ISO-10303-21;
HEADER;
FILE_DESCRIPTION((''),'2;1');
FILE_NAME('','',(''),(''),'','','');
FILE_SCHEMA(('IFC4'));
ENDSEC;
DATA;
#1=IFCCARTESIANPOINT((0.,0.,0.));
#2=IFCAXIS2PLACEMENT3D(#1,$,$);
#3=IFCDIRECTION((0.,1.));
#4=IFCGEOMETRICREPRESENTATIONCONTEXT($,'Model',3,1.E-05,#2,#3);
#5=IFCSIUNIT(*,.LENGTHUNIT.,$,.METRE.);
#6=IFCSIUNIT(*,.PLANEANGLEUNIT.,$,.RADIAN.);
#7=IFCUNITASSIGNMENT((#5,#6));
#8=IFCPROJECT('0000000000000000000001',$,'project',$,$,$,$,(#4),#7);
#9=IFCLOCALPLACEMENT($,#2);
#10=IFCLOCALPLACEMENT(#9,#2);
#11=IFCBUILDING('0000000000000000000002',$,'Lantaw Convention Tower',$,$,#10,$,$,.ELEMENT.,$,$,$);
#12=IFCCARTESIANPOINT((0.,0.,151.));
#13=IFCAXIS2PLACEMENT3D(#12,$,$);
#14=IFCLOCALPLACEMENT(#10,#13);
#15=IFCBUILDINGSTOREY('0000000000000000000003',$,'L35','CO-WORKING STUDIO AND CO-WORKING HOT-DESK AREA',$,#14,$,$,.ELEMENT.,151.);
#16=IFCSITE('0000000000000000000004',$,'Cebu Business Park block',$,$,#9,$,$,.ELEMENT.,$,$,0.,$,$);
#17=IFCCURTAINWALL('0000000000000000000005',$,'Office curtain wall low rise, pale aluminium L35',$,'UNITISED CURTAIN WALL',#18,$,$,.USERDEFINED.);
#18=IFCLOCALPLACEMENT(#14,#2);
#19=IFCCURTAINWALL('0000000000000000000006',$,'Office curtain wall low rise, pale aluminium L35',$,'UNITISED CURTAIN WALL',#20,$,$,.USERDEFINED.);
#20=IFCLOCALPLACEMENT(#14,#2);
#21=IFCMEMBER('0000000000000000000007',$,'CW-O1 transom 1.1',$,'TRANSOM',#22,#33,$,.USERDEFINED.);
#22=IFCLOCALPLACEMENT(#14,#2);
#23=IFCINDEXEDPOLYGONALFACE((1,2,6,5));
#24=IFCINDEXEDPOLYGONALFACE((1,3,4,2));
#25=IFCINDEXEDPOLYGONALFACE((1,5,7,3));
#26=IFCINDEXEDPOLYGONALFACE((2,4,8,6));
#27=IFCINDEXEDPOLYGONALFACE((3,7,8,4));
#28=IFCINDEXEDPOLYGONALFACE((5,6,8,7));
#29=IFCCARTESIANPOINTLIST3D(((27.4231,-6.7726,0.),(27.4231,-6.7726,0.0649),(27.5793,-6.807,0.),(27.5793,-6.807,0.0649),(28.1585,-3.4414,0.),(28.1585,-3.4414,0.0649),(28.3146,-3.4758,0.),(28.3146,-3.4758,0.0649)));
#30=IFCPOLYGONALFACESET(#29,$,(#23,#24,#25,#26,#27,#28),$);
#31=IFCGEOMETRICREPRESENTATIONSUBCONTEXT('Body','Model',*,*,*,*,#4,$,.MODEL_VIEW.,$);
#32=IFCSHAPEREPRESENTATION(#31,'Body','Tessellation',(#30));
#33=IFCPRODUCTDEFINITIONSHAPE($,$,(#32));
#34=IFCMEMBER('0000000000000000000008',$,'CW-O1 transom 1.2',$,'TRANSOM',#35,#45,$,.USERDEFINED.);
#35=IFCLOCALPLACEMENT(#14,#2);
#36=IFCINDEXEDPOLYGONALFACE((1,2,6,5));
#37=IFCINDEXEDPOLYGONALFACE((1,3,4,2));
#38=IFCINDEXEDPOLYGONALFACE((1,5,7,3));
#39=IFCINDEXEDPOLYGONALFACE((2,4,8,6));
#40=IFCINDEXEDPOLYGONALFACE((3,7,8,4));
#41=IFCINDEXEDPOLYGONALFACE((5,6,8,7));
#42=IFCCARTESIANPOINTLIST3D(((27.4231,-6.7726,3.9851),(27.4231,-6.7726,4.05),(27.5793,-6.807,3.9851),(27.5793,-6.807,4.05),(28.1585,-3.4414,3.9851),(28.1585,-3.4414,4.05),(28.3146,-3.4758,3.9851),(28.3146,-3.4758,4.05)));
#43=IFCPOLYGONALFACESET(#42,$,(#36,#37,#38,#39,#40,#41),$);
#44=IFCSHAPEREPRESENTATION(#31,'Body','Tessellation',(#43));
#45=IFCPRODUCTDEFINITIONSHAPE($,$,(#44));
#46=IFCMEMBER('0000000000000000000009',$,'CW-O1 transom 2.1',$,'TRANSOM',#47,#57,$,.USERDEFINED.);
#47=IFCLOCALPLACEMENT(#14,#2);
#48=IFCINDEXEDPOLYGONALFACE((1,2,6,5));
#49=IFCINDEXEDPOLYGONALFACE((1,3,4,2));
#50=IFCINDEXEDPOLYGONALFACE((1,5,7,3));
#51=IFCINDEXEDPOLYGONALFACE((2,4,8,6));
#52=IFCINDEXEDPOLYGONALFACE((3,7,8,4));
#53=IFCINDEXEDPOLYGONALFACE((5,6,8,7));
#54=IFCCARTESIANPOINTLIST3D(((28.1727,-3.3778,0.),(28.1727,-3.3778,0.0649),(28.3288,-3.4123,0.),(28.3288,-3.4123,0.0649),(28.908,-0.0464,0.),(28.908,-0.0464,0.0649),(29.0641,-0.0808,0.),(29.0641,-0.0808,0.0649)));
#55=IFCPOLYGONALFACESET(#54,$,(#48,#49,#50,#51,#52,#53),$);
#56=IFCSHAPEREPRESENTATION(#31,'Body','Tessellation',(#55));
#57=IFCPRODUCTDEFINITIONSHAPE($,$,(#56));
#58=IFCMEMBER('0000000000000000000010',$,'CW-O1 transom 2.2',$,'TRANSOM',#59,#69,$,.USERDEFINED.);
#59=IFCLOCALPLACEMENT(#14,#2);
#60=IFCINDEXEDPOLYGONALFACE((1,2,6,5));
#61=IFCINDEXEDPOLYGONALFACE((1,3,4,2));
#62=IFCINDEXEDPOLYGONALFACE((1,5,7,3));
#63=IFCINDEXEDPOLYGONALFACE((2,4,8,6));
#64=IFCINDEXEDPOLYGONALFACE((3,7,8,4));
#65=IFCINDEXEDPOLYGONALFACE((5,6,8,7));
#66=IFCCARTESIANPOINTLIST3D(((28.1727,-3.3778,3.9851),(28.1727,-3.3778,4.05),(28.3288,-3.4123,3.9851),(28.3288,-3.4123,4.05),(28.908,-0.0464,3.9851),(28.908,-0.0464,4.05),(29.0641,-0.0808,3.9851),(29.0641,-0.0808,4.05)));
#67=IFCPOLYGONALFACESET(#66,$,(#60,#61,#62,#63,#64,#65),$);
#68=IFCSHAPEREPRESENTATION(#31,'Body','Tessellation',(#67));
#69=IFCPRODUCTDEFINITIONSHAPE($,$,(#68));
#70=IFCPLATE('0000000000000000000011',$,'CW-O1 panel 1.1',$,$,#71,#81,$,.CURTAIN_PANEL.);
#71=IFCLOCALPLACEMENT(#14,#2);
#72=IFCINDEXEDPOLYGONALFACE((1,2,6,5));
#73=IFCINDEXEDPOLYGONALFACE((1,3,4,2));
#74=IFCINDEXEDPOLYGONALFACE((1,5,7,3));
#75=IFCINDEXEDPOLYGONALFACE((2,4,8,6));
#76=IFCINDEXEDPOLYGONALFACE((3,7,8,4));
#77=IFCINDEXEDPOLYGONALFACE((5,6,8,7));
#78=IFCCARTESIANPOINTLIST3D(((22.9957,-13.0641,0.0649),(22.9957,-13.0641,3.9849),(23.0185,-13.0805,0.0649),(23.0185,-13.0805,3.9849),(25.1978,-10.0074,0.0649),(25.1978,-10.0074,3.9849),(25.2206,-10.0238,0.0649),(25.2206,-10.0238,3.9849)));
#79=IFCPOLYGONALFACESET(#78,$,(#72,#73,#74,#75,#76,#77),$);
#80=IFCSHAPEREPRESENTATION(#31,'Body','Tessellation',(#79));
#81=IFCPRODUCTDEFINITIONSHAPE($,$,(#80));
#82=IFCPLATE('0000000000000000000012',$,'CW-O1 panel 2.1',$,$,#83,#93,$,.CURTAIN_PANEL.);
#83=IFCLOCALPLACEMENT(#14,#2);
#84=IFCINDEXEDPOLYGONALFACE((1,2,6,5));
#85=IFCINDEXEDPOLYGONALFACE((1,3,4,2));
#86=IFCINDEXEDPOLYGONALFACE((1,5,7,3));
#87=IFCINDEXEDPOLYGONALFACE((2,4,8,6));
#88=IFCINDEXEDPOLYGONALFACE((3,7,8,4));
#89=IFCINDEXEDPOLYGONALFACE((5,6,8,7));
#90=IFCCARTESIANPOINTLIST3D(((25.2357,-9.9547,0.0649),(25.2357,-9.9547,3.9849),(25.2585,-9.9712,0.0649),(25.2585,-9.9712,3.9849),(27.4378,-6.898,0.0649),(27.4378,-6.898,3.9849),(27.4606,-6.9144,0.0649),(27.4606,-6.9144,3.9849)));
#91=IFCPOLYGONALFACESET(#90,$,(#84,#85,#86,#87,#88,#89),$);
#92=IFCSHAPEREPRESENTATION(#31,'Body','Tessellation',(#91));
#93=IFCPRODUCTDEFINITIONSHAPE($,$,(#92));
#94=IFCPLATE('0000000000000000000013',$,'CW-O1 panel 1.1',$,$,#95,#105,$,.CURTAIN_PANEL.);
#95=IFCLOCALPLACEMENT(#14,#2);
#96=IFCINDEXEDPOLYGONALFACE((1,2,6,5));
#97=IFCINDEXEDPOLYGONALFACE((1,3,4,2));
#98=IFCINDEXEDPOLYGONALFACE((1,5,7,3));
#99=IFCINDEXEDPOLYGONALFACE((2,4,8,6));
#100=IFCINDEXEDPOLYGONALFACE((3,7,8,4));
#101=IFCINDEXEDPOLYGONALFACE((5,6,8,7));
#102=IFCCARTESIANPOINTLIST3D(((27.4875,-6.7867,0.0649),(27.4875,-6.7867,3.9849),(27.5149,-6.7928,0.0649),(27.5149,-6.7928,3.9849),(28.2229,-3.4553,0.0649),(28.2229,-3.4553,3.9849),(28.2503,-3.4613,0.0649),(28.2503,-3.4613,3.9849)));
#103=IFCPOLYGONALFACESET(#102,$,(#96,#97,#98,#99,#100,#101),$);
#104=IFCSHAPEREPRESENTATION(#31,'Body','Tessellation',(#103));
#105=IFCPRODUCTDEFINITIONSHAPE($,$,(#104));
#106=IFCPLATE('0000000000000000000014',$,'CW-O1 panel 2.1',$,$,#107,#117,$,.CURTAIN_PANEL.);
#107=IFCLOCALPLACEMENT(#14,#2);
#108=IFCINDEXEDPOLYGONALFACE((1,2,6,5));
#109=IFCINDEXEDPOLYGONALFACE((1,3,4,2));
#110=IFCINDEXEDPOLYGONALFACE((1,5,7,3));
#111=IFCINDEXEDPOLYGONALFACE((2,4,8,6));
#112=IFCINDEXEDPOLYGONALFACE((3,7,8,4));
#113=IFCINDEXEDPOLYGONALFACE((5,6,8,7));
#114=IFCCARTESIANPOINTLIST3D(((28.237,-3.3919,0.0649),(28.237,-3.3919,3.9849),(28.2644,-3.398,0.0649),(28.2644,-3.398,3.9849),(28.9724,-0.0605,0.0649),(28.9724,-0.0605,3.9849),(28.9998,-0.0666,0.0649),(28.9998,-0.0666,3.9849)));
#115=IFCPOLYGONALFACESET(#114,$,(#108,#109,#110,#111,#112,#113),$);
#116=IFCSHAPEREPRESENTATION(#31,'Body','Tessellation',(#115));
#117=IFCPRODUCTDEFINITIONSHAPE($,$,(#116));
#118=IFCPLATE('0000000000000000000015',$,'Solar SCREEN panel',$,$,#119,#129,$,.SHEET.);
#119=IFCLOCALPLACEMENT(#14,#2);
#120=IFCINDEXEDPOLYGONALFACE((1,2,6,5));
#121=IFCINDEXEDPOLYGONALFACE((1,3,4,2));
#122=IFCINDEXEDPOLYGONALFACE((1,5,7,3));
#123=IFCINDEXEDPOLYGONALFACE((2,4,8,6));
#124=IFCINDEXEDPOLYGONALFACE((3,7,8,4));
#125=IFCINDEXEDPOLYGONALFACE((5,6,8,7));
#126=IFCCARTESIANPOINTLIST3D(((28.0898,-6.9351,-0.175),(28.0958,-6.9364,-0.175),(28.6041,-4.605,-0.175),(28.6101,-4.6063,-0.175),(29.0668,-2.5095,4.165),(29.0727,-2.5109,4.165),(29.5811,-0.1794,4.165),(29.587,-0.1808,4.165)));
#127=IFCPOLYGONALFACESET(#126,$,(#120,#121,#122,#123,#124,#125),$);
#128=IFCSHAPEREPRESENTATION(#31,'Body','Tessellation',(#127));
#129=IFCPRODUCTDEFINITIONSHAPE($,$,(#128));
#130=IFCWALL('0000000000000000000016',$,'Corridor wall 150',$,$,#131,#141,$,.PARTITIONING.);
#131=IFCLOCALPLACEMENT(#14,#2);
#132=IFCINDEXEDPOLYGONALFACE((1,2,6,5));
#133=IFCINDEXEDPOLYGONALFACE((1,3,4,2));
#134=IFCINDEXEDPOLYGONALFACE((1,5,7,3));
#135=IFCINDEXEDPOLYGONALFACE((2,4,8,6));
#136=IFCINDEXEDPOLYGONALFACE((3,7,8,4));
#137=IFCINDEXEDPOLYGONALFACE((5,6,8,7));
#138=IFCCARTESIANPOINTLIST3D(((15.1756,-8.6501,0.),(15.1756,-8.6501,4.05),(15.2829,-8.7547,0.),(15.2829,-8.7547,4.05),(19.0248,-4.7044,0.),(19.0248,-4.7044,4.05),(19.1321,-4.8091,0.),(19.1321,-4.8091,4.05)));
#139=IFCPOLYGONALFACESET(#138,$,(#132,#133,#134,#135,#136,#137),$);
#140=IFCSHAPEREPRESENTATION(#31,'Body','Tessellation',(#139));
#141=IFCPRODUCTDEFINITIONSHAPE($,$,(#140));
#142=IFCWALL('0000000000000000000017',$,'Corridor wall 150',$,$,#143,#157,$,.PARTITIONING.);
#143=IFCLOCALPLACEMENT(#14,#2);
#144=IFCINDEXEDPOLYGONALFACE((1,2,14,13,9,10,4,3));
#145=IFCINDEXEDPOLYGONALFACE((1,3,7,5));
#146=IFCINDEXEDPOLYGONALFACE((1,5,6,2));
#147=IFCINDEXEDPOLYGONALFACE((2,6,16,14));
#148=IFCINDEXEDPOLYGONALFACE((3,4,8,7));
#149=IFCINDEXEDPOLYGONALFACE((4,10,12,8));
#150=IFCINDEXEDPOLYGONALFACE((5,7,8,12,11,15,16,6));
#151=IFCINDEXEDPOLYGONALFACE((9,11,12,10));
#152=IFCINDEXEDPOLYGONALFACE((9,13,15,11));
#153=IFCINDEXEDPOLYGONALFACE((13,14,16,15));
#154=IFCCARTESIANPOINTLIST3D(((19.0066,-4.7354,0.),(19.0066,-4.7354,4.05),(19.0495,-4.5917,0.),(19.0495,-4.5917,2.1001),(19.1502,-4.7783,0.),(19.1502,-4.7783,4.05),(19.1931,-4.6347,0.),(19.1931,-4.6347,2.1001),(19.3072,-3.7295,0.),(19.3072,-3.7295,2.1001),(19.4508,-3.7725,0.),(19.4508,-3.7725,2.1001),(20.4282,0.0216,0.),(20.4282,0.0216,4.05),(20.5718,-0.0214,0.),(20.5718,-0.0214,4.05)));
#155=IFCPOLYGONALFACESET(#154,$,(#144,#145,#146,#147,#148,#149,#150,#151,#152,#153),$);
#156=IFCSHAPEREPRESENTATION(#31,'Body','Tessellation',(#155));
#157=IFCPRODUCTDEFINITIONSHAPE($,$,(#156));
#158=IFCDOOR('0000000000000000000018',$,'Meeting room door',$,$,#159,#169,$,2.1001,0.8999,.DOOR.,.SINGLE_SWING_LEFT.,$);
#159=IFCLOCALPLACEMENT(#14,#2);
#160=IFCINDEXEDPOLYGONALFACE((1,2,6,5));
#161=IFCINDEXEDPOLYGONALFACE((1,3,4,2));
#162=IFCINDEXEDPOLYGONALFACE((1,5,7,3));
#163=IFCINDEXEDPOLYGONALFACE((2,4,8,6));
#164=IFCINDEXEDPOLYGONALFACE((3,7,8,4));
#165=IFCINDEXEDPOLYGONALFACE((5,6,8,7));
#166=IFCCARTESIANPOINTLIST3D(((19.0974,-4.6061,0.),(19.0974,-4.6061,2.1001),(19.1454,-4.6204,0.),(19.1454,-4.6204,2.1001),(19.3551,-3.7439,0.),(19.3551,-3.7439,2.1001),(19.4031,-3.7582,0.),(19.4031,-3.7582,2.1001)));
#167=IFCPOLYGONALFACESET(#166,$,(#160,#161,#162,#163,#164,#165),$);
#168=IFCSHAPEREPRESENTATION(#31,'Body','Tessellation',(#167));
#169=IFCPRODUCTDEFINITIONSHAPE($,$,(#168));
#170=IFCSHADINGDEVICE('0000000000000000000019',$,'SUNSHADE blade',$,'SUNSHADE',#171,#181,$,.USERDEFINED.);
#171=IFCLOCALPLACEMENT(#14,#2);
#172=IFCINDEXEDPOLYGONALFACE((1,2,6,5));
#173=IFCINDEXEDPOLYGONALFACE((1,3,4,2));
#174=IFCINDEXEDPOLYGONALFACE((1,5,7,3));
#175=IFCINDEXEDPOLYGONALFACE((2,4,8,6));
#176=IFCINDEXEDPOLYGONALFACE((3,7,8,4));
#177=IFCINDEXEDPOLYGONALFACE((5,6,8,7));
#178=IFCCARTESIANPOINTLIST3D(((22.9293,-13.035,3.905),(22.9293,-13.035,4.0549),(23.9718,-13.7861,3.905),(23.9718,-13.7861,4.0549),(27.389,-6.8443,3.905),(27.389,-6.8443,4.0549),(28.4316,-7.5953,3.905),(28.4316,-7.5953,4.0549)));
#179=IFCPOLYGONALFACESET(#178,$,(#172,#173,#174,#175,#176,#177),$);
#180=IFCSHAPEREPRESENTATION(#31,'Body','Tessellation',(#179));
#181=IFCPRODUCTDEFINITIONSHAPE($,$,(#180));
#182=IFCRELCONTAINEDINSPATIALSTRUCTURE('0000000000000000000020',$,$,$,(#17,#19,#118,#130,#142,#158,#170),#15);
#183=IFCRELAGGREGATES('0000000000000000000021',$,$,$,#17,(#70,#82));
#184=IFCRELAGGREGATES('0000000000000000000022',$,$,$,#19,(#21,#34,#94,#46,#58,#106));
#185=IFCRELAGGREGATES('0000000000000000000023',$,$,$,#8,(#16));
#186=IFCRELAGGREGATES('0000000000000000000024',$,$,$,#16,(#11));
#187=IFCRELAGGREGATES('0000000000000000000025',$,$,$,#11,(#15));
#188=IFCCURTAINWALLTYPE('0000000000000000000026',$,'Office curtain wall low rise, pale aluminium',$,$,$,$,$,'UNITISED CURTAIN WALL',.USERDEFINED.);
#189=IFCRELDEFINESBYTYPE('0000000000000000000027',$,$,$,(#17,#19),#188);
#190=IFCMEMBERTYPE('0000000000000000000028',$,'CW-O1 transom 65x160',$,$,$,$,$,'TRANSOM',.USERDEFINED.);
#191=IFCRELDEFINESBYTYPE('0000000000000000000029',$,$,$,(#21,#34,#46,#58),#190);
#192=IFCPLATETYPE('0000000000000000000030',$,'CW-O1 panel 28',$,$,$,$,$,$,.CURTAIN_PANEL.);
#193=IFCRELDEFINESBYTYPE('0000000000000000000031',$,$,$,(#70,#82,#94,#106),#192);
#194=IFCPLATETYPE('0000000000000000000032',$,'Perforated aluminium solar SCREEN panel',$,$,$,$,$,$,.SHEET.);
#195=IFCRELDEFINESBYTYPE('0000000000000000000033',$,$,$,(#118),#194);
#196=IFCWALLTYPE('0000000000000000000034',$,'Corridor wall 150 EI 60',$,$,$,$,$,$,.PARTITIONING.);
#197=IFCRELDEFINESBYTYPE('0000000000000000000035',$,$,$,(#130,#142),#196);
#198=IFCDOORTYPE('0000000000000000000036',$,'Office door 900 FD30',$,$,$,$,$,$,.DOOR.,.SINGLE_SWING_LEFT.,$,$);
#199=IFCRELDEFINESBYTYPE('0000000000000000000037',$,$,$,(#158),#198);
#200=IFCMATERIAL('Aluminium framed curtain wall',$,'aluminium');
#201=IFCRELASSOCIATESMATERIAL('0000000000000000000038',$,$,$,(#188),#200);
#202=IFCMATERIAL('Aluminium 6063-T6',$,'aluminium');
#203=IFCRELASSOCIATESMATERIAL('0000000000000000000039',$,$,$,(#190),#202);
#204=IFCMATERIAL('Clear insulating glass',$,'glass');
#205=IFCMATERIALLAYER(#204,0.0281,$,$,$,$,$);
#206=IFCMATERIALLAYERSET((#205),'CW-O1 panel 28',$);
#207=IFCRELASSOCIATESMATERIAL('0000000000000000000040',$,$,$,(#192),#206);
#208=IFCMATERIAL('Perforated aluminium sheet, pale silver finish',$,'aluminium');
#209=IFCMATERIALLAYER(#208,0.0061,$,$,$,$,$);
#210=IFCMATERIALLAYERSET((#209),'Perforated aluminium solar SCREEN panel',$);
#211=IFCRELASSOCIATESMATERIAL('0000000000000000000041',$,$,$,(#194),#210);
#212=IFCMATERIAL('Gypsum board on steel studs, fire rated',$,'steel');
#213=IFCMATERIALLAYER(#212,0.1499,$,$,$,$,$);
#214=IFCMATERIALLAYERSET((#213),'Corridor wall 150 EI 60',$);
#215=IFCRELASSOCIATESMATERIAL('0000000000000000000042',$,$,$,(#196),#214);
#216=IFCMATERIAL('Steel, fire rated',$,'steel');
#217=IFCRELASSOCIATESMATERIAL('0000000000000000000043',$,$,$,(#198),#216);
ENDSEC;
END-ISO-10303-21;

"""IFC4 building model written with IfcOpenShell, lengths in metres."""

from ifc_helpers import new_model, si_unit, direction, frame, frame_2d, origin, origin_2d, place, context, subcontext, project, spatial, polyline, rectangle, outline, extrude, material, layer, layer_set, material_profile, profile_set, type_object, element, fill, aggregate, save


model = new_model("IFC4")

# Units and contexts
model_context = context("Model", 3, precision=1e-05, world=origin(), true_north=direction((0.0, 1.0)))
body_context = subcontext(model_context, "Body", "Model", "MODEL_VIEW")
ifc_project = project(units=[si_unit("LENGTHUNIT", "METRE"), si_unit("PLANEANGLEUNIT", "RADIAN")], contexts=[model_context])

# Site, building, storey
site_placement = place(None, origin())
site = spatial("IfcSite", under=ifc_project, at=site_placement, Name="Cebu Business Park block", CompositionType="ELEMENT", RefElevation=0.0)
building_placement = place(site_placement, origin())
building = spatial("IfcBuilding", under=site, at=building_placement, Name="Lantaw Convention Tower", CompositionType="ELEMENT")
storey_placement = place(building_placement, frame((0.0, 0.0, 151.0)))
storey = spatial("IfcBuildingStorey", under=building, at=storey_placement, Name="L35", Description="CO-WORKING STUDIO AND CO-WORKING HOT-DESK AREA", CompositionType="ELEMENT", Elevation=151.0)

# Curtain walls
ifc_material_1 = material(Name="Aluminium framed curtain wall", Category="aluminium")
curtain_wall_type = type_object("IfcCurtainWallType", Name="Office curtain wall low rise, pale aluminium", ElementType="UNITISED CURTAIN WALL", PredefinedType="USERDEFINED", material=ifc_material_1)
curtain_wall_1_placement = place(storey_placement, origin())
curtain_wall_1 = element("IfcCurtainWall", 1, at=curtain_wall_1_placement, inside=storey, type_object=curtain_wall_type, Name="Office curtain wall low rise, pale aluminium L35", ObjectType="UNITISED CURTAIN WALL", PredefinedType="USERDEFINED")
ifc_material_2 = material(Name="Aluminium 6063-T6", Category="aluminium")
curtain_wall_2_placement = place(storey_placement, origin())
curtain_wall_2 = element("IfcCurtainWall", 2, at=curtain_wall_2_placement, inside=storey, type_object=curtain_wall_type, Name="Office curtain wall low rise, pale aluminium L35", ObjectType="UNITISED CURTAIN WALL", PredefinedType="USERDEFINED")

# Members
ifc_material_profile_1 = material_profile(ifc_material_2, rectangle(XDim=0.1599, YDim=0.0649, at=origin_2d()), Name="CW-O1 transom 65x160")
ifc_profile_set_1 = profile_set([ifc_material_profile_1], Name="Aluminium 6063-T6")
member_type_1 = type_object("IfcMemberType", Name="CW-O1 transom 65x160", ElementType="TRANSOM", PredefinedType="USERDEFINED", material=ifc_profile_set_1)
member_1_placement = place(storey_placement, frame((27.5012, -6.7898, 0.0325), z_axis=(0.215551, 0.976493, 0.0), x_axis=(-0.976493, 0.215551, 0.0)))
member_1 = element("IfcMember", 3, at=member_1_placement, type_object=member_type_1, Name="CW-O1 transom 1.1", ObjectType="TRANSOM", PredefinedType="USERDEFINED", context=body_context, shape_type="SweptSolid", body=[
    extrude(rectangle(XDim=0.1599, YDim=0.0649, at=origin_2d()), origin(), (0.0, 0.0, 1.0), 3.4114),
])
member_2_placement = place(storey_placement, frame((27.5012, -6.7898, 4.0176), z_axis=(0.215551, 0.976493, 0.0), x_axis=(-0.976493, 0.215551, 0.0)))
member_2 = element("IfcMember", 4, at=member_2_placement, type_object=member_type_1, Name="CW-O1 transom 1.2", ObjectType="TRANSOM", PredefinedType="USERDEFINED", context=body_context, shape_type="SweptSolid", body=[
    extrude(rectangle(XDim=0.1599, YDim=0.0649, at=origin_2d()), origin(), (0.0, 0.0, 1.0), 3.4114),
])
member_3_placement = place(storey_placement, frame((28.2507, -3.395, 0.0325), z_axis=(0.215536, 0.976496, 0.0), x_axis=(-0.976496, 0.215536, 0.0)))
member_3 = element("IfcMember", 5, at=member_3_placement, type_object=member_type_1, Name="CW-O1 transom 2.1", ObjectType="TRANSOM", PredefinedType="USERDEFINED", context=body_context, shape_type="SweptSolid", body=[
    extrude(rectangle(XDim=0.1599, YDim=0.0649, at=origin_2d()), origin(), (0.0, 0.0, 1.0), 3.4116),
])
member_4_placement = place(storey_placement, frame((28.2507, -3.395, 4.0176), z_axis=(0.215536, 0.976496, 0.0), x_axis=(-0.976496, 0.215536, 0.0)))
member_4 = element("IfcMember", 6, at=member_4_placement, type_object=member_type_1, Name="CW-O1 transom 2.2", ObjectType="TRANSOM", PredefinedType="USERDEFINED", context=body_context, shape_type="SweptSolid", body=[
    extrude(rectangle(XDim=0.1599, YDim=0.0649, at=origin_2d()), origin(), (0.0, 0.0, 1.0), 3.4116),
])

# Plates
ifc_material_3 = material(Name="Clear insulating glass", Category="glass")
ifc_layer_1 = layer(ifc_material_3, 0.0281)
ifc_layer_set_1 = layer_set([ifc_layer_1], Name="CW-O1 panel 28")
plate_type_1 = type_object("IfcPlateType", Name="CW-O1 panel 28", PredefinedType="CURTAIN_PANEL", material=ifc_layer_set_1)
plate_1_placement = place(storey_placement, frame((24.1082, -11.5439, 0.0649), z_axis=(0.0, 0.0, 1.0), x_axis=(0.584513, 0.811385, 0.0)))
plate_1 = element("IfcPlate", 7, at=plate_1_placement, type_object=plate_type_1, Name="CW-O1 panel 1.1", PredefinedType="CURTAIN_PANEL", context=body_context, shape_type="SweptSolid", body=[
    extrude(rectangle(XDim=3.7673, YDim=0.0281, at=origin_2d()), origin(), (0.0, 0.0, 1.0), 3.9199),
])
plate_2_placement = place(storey_placement, frame((26.3481, -8.4346, 0.0649), z_axis=(0.0, 0.0, 1.0), x_axis=(0.584513, 0.811385, 0.0)))
plate_2 = element("IfcPlate", 8, at=plate_2_placement, type_object=plate_type_1, Name="CW-O1 panel 2.1", PredefinedType="CURTAIN_PANEL", context=body_context, shape_type="SweptSolid", body=[
    extrude(rectangle(XDim=3.7673, YDim=0.0281, at=origin_2d()), origin(), (0.0, 0.0, 1.0), 3.9199),
])
aggregate(curtain_wall_1, [plate_1, plate_2])
plate_3_placement = place(storey_placement, frame((27.8689, -5.124, 0.0649), z_axis=(0.0, 0.0, 1.0), x_axis=(0.215546, 0.976494, 0.0)))
plate_3 = element("IfcPlate", 9, at=plate_3_placement, type_object=plate_type_1, Name="CW-O1 panel 1.1", PredefinedType="CURTAIN_PANEL", context=body_context, shape_type="SweptSolid", body=[
    extrude(rectangle(XDim=3.4116, YDim=0.0281, at=origin_2d()), origin(), (0.0, 0.0, 1.0), 3.9199),
])
plate_4_placement = place(storey_placement, frame((28.6184, -1.7292, 0.0649), z_axis=(0.0, 0.0, 1.0), x_axis=(0.215546, 0.976494, 0.0)))
plate_4 = element("IfcPlate", 10, at=plate_4_placement, type_object=plate_type_1, Name="CW-O1 panel 2.1", PredefinedType="CURTAIN_PANEL", context=body_context, shape_type="SweptSolid", body=[
    extrude(rectangle(XDim=3.4116, YDim=0.0281, at=origin_2d()), origin(), (0.0, 0.0, 1.0), 3.9199),
])
aggregate(curtain_wall_2, [member_1, member_2, plate_3, member_3, member_4, plate_4])
ifc_material_4 = material(Name="Perforated aluminium sheet, pale silver finish", Category="aluminium")
ifc_layer_2 = layer(ifc_material_4, 0.0061)
ifc_layer_set_2 = layer_set([ifc_layer_2], Name="Perforated aluminium solar SCREEN panel")
plate_type_2 = type_object("IfcPlateType", Name="Perforated aluminium solar SCREEN panel", PredefinedType="SHEET", material=ifc_layer_set_2)
plate_5_placement = place(storey_placement, frame((28.0898, -6.9351, -0.175), z_axis=(-0.976498, 0.215527, 0.000033), x_axis=(0.215527, 0.976498, 0.0)))
element("IfcPlate", 11, at=plate_5_placement, inside=storey, type_object=plate_type_2, Name="Solar SCREEN panel", PredefinedType="SHEET", context=body_context, shape_type="SweptSolid", body=[
    extrude(outline(polyline([(0.0, 0.0), (2.3861, 0.0), (6.9182, -4.3401), (4.5321, -4.3401), (0.0, 0.0)])), origin(), (0.0, 0.0, -1.0), 0.0061),
])

# Wall
ifc_material_5 = material(Name="Gypsum board on steel studs, fire rated", Category="steel")
ifc_layer_3 = layer(ifc_material_5, 0.1499)
ifc_layer_set_3 = layer_set([ifc_layer_3], Name="Corridor wall 150 EI 60")
wall_type = type_object("IfcWallType", Name="Corridor wall 150 EI 60", PredefinedType="PARTITIONING", material=ifc_layer_set_3)
wall_1_placement = place(storey_placement, frame((15.2292, -8.7024, 0.0), z_axis=(0.0, 0.0, 1.0), x_axis=(0.698305, 0.7158, 0.0)))
element("IfcWall", 12, at=wall_1_placement, inside=storey, type_object=wall_type, Name="Corridor wall 150", PredefinedType="PARTITIONING", context=body_context, shape_type="SweptSolid", body=[
    extrude(rectangle(XDim=5.5122, YDim=0.1499, at=frame_2d((2.7561, 0.0))), origin(), (0.0, 0.0, 1.0), 4.05),
])

# Wall, opening, door
wall_2_placement = place(storey_placement, frame((19.0784, -4.7568, 0.0), z_axis=(0.0, 0.0, 1.0), x_axis=(0.286346, 0.958126, 0.0)))
wall_2 = element("IfcWall", 13, at=wall_2_placement, inside=storey, type_object=wall_type, Name="Corridor wall 150", PredefinedType="PARTITIONING", context=body_context, shape_type="SweptSolid", body=[
    extrude(rectangle(XDim=4.9648, YDim=0.1499, at=frame_2d((2.4824, 0.0))), origin(), (0.0, 0.0, 1.0), 4.05),
])
opening_placement = place(wall_2_placement, frame((0.1499, 0.0, 0.0)))
opening = element("IfcOpeningElement", 14, at=opening_placement, cuts=wall_2, PredefinedType="OPENING", context=body_context, shape_type="SweptSolid", body=[
    extrude(rectangle(XDim=0.8999, YDim=2.1001, at=frame_2d((0.45, 1.05))), frame((0.0, 0.085, 0.0), z_axis=(0.0, -1.0, 0.0), x_axis=(1.0, 0.0, 0.0)), (0.0, 0.0, 1.0), 0.1699),
])
ifc_material_6 = material(Name="Steel, fire rated", Category="steel")
door_type = type_object("IfcDoorType", Name="Office door 900 FD30", OperationType="SINGLE_SWING_LEFT", PredefinedType="DOOR", material=ifc_material_6)
door_placement = place(opening_placement, origin())
door = element("IfcDoor", 15, at=door_placement, inside=storey, type_object=door_type, Name="Meeting room door", OperationType="SINGLE_SWING_LEFT", OverallHeight=2.1001, OverallWidth=0.8999, PredefinedType="DOOR", context=body_context, shape_type="SweptSolid", body=[
    extrude(rectangle(XDim=0.8999, YDim=2.1001, at=frame_2d((0.45, 1.05))), frame((0.0, 0.0249, 0.0), z_axis=(0.0, -1.0, 0.0), x_axis=(1.0, 0.0, 0.0)), (0.0, 0.0, 1.0), 0.05),
])
fill(opening, door)

# Shading device
shading_device_1_placement = place(storey_placement, frame((25.6804, -10.3152, 3.905), z_axis=(0.0, 0.0, 1.0), x_axis=(0.584513, 0.811385, 0.0)))
element("IfcShadingDevice", 16, at=shading_device_1_placement, inside=storey, Name="SUNSHADE blade", ObjectType="SUNSHADE", PredefinedType="USERDEFINED", context=body_context, shape_type="SweptSolid", body=[
    extrude(rectangle(XDim=7.6299, YDim=1.2849, at=origin_2d()), origin(), (0.0, 0.0, 1.0), 0.1499),
])

save(model, "model.ifc")
